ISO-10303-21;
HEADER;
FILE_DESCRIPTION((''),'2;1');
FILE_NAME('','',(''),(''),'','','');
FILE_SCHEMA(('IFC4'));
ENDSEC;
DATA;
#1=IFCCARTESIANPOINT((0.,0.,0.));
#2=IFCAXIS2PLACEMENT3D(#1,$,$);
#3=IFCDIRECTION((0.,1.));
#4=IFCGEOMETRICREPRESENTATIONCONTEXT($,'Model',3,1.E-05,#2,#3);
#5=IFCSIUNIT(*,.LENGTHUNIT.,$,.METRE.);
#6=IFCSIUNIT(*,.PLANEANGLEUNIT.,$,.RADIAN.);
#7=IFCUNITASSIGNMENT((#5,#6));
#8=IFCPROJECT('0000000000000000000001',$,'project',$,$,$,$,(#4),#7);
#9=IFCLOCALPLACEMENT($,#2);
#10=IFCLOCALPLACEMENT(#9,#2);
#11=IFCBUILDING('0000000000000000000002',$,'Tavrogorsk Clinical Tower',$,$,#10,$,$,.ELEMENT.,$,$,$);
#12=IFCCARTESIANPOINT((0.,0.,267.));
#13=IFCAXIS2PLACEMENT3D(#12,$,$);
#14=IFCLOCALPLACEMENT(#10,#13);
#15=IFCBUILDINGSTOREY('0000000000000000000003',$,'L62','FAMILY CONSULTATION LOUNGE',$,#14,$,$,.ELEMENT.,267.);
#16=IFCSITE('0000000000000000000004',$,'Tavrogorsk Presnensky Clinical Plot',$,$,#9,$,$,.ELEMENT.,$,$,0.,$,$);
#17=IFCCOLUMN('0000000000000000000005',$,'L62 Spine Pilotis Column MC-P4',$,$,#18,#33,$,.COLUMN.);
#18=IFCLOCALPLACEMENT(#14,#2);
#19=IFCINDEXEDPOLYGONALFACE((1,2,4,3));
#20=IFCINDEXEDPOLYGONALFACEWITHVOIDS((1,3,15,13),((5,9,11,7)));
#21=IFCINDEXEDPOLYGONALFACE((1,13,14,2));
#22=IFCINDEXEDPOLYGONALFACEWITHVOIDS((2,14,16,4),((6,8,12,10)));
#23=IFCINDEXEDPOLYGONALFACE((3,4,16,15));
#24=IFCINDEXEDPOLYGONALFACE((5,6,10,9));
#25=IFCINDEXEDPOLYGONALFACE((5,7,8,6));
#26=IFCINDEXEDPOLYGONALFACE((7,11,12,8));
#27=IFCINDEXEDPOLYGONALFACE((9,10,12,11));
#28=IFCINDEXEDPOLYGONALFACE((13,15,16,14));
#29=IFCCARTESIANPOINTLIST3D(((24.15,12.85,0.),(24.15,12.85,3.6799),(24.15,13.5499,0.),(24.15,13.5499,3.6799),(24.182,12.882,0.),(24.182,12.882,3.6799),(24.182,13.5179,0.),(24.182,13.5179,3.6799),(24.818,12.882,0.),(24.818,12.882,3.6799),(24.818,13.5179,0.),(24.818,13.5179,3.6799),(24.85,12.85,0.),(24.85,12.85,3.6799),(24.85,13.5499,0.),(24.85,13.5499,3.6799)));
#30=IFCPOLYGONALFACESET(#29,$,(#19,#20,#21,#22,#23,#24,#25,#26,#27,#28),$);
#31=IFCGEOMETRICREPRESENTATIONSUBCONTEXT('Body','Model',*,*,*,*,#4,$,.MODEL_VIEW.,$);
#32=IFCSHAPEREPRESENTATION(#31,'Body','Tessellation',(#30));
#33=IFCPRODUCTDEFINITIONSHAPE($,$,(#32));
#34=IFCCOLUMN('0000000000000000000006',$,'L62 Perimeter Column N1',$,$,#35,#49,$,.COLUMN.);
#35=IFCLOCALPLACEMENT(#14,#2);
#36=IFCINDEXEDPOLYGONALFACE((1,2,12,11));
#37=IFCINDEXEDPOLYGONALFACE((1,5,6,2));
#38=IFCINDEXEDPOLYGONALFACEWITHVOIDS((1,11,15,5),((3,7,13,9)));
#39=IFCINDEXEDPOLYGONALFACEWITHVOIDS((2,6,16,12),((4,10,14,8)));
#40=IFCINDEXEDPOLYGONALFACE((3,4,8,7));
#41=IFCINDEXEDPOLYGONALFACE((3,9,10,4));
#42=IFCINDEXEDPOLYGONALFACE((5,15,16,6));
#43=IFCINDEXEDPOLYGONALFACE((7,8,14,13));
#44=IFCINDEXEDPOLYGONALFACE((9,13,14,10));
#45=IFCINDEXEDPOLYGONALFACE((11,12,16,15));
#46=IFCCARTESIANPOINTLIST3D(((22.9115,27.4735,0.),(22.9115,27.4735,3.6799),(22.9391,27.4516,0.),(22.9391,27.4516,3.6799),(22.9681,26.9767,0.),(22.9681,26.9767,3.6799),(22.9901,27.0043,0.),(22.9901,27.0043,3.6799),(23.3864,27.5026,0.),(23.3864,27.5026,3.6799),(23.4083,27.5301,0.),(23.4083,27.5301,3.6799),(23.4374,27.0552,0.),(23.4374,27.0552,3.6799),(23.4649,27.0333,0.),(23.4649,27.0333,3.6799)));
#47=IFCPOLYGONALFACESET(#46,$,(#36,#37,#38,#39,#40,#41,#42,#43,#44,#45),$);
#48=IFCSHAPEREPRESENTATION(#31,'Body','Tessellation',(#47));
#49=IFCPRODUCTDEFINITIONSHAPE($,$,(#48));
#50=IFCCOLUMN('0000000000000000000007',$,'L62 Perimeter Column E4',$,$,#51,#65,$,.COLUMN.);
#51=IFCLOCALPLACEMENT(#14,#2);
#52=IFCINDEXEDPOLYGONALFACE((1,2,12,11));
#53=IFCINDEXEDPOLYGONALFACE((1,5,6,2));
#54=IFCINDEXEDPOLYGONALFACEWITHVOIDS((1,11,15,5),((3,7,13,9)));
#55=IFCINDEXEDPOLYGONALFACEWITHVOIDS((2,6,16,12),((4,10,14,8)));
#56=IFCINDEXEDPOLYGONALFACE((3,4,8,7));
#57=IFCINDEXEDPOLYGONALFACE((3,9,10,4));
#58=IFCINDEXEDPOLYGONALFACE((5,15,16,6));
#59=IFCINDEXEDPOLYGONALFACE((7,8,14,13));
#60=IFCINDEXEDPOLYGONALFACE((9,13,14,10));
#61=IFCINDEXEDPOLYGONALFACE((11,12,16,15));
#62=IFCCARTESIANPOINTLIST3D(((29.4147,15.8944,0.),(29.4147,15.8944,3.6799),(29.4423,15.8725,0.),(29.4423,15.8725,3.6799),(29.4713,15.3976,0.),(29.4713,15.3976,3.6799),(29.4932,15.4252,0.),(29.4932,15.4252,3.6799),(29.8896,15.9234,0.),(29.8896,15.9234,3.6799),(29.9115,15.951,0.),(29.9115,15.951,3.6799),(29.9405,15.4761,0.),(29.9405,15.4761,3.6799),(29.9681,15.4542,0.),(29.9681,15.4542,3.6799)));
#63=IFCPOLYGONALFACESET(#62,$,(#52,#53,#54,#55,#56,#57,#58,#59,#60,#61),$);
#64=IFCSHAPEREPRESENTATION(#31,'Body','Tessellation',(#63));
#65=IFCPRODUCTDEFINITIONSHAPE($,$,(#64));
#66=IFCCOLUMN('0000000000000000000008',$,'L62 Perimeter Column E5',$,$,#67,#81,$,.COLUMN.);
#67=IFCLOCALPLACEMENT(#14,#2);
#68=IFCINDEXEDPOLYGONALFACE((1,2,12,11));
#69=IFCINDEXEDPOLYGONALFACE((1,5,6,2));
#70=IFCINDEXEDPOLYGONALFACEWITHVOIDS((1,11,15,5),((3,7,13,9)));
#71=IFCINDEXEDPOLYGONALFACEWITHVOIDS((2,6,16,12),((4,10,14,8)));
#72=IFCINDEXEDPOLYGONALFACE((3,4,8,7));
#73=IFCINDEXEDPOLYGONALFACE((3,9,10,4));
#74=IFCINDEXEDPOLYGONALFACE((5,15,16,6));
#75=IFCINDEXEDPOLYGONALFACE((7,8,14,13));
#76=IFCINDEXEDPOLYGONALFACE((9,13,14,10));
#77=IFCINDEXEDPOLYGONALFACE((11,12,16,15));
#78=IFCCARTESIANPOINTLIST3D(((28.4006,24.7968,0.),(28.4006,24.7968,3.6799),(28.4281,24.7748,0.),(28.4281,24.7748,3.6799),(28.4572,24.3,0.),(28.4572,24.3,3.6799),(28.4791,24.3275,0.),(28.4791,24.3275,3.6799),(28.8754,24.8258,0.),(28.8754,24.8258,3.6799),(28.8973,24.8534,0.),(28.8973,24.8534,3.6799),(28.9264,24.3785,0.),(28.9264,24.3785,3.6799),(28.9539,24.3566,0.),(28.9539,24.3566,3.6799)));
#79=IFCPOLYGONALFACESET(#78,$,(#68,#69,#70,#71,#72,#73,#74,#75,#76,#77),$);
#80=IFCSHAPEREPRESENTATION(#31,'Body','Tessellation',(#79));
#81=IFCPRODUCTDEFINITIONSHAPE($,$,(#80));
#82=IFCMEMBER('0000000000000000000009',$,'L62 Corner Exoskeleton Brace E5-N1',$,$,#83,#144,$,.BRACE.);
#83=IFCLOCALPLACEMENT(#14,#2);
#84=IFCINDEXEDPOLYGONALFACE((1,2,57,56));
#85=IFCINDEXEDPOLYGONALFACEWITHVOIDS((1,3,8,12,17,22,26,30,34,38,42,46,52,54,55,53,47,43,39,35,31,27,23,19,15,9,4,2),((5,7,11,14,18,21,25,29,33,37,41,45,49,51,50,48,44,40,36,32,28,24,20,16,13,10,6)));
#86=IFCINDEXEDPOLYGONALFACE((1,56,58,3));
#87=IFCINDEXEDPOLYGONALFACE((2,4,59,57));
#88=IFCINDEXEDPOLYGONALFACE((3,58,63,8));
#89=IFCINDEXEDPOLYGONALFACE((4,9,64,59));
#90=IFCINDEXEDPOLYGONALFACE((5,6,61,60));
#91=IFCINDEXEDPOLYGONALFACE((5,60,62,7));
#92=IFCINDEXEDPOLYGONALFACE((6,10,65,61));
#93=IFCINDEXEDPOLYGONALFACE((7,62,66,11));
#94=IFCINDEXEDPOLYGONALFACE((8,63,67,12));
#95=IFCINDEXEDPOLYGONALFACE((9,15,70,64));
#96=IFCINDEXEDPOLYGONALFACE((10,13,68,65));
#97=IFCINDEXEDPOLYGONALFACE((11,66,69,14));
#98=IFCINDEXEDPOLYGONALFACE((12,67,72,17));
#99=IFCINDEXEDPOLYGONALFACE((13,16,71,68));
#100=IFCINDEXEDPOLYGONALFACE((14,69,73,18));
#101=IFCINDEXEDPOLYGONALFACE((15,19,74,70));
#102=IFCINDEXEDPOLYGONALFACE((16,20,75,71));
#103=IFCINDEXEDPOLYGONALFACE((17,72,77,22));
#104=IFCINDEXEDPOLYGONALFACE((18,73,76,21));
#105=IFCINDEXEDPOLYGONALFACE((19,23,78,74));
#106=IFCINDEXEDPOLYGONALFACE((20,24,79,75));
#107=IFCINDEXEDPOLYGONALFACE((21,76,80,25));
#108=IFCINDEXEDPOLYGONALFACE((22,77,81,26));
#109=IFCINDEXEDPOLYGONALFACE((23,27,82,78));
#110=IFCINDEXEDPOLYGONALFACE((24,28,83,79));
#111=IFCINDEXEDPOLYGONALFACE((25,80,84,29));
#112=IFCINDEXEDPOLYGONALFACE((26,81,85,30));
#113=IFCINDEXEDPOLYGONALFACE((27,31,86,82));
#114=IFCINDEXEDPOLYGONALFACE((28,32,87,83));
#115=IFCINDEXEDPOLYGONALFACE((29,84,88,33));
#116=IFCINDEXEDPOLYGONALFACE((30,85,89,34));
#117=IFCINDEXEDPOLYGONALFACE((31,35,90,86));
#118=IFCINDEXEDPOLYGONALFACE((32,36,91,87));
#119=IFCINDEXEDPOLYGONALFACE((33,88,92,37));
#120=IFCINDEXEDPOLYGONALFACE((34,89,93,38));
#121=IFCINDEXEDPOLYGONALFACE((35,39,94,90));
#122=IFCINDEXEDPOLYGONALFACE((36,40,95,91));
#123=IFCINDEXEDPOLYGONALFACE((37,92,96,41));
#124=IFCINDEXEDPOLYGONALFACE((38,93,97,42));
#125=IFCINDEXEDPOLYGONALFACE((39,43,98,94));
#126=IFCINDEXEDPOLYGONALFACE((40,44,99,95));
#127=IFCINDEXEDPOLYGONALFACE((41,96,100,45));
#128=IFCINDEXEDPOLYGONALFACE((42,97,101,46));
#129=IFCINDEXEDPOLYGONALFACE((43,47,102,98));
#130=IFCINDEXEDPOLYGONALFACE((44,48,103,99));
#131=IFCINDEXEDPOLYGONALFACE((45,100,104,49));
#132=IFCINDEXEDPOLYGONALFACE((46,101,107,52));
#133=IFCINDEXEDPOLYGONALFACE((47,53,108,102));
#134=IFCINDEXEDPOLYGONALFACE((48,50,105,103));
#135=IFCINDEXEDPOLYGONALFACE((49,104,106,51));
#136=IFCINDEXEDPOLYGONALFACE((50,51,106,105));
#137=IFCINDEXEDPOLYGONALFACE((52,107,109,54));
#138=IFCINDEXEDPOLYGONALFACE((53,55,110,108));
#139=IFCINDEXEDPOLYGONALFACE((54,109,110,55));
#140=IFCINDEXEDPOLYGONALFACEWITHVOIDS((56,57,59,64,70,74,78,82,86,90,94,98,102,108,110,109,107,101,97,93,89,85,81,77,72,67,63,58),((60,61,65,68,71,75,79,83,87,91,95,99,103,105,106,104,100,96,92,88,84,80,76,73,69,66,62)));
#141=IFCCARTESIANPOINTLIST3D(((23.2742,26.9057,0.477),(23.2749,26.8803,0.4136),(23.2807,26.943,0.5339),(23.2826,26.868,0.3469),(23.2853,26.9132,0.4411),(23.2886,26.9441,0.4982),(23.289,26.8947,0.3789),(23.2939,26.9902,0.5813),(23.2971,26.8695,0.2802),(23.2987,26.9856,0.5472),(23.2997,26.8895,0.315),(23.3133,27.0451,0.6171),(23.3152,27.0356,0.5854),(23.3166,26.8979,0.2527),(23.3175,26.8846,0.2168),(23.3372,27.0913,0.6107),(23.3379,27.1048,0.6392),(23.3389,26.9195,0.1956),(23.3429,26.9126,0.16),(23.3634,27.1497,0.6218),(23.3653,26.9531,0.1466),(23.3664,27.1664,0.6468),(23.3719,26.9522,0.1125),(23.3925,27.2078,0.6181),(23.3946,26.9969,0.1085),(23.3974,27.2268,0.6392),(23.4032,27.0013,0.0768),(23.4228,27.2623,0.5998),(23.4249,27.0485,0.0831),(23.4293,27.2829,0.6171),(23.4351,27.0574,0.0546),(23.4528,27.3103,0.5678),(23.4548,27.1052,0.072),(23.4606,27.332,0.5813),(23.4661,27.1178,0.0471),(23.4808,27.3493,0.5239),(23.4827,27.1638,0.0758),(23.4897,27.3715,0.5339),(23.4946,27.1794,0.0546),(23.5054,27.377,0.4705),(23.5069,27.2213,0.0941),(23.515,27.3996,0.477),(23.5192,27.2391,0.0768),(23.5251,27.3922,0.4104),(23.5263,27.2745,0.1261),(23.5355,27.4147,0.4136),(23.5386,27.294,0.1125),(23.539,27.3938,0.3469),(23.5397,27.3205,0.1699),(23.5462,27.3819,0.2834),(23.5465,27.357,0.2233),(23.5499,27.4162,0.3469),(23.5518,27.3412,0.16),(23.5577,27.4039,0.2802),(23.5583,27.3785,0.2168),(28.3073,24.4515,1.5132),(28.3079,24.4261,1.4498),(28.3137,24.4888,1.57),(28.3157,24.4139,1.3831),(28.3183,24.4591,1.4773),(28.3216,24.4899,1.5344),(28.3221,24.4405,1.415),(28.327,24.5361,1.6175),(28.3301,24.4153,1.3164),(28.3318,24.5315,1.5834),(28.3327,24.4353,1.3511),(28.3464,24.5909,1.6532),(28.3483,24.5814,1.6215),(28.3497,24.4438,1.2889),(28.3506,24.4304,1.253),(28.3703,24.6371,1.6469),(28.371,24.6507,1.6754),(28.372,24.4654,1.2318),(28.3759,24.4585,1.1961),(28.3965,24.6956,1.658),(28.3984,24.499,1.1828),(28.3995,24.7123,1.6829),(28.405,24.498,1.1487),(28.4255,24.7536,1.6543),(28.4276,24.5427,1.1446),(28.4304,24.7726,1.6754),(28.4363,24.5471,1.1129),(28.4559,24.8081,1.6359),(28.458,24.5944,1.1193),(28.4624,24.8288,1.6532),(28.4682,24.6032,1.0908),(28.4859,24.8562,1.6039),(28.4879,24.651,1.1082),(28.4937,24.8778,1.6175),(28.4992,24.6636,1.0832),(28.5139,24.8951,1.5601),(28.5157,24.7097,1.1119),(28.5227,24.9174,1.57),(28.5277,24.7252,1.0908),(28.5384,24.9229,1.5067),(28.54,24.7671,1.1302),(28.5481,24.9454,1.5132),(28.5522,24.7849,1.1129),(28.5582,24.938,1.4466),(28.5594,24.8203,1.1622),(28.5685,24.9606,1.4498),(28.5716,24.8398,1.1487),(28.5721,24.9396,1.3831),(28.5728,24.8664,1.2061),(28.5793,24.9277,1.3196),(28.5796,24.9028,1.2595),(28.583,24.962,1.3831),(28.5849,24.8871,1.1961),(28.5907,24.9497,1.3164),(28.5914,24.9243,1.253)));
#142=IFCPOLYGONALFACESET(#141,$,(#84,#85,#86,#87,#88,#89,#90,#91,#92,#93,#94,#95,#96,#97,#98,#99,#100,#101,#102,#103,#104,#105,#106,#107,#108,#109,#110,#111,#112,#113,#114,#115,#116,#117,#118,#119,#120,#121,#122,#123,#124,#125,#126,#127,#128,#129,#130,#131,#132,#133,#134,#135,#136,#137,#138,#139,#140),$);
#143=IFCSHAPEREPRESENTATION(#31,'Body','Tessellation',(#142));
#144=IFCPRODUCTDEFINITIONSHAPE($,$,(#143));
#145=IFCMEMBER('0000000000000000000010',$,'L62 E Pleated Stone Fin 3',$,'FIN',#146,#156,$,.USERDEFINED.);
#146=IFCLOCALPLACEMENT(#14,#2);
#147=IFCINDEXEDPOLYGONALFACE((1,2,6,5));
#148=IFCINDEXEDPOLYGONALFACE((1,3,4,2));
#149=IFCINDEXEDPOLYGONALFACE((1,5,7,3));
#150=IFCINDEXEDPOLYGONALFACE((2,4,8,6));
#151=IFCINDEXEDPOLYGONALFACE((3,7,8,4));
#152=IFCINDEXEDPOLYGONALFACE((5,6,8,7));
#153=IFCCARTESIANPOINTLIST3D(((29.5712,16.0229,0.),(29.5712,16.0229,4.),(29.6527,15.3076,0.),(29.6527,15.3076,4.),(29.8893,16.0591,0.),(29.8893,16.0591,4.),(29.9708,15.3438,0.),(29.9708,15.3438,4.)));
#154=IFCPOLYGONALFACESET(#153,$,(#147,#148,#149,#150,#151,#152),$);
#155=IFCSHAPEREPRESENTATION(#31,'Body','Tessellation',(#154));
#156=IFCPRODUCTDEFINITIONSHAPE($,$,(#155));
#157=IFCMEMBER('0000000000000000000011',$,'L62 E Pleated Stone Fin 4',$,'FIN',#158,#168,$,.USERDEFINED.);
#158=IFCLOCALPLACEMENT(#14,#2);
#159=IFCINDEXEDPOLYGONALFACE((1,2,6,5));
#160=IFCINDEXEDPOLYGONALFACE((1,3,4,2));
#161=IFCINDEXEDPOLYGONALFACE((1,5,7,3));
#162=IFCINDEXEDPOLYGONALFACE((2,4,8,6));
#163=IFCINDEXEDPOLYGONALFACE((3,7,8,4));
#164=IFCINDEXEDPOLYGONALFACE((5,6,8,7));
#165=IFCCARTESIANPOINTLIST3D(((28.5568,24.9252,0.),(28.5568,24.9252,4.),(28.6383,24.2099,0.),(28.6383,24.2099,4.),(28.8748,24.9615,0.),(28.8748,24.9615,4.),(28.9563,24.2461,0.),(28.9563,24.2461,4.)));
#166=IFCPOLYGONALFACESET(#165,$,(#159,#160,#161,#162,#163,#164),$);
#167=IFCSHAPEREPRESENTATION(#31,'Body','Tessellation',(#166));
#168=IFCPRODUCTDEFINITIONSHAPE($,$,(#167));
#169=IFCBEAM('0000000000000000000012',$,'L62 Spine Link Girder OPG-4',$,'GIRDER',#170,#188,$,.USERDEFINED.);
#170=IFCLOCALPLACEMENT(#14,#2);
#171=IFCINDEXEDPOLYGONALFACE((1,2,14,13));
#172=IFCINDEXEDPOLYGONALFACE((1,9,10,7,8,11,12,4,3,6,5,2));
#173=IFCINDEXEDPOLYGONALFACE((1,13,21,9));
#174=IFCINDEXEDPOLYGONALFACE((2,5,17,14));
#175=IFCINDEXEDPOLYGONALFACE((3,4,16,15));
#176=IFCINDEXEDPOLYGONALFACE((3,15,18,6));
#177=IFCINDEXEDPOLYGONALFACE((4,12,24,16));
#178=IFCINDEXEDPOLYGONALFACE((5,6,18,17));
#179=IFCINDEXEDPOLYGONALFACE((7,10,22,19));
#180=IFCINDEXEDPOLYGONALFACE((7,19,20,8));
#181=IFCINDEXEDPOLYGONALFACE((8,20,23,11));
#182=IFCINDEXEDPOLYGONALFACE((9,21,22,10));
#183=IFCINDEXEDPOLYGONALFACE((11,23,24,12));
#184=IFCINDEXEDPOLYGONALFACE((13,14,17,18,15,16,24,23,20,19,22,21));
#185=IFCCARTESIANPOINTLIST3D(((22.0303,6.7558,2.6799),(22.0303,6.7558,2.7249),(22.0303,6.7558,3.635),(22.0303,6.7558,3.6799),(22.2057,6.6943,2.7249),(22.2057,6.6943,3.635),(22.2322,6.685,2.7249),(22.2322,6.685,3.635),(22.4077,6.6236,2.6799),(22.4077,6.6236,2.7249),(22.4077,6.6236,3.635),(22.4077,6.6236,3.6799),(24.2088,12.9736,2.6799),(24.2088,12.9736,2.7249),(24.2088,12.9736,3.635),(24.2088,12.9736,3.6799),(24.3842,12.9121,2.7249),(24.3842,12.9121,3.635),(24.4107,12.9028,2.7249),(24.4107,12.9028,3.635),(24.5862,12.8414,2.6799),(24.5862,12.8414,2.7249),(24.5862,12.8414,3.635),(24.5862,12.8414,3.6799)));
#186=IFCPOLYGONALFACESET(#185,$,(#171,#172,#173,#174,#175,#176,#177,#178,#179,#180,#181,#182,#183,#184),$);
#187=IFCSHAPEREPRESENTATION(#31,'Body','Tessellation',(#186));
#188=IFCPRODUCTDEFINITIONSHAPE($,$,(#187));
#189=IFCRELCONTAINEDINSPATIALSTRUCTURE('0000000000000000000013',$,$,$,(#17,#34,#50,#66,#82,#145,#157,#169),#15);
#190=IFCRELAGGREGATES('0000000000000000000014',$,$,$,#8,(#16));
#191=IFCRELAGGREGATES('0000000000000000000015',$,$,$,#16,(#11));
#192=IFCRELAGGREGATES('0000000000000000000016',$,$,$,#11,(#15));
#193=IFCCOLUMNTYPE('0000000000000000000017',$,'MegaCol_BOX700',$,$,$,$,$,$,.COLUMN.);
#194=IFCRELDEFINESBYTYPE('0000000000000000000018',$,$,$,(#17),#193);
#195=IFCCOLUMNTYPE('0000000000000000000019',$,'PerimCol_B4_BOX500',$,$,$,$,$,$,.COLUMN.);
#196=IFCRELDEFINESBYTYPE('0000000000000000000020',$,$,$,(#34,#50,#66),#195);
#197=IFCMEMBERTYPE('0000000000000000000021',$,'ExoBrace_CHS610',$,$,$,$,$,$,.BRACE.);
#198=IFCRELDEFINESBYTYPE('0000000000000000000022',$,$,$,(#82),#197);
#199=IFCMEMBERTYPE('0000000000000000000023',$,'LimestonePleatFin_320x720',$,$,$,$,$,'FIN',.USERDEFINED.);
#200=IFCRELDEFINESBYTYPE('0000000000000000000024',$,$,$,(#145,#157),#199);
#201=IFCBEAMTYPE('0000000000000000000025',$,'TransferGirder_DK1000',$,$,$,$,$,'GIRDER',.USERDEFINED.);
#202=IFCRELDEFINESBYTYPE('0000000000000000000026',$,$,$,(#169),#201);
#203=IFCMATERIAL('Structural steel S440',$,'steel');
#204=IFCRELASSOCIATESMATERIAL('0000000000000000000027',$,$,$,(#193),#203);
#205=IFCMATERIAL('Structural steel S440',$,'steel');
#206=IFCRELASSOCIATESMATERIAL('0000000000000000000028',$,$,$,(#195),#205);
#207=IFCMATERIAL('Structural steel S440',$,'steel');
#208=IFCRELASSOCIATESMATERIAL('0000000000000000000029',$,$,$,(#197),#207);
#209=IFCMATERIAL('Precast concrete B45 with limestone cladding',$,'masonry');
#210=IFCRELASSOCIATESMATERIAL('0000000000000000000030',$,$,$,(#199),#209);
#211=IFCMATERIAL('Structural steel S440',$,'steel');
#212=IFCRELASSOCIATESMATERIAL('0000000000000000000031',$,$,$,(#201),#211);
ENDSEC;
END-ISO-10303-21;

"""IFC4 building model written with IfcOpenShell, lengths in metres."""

from ifc_helpers import new_model, si_unit, direction, frame, origin, origin_2d, place, context, subcontext, project, spatial, rectangle, hollow_rectangle, hollow_circle, i_section, extrude, material, material_profile, profile_set, type_object, element, save


model = new_model("IFC4")

# Units and contexts
model_context = context("Model", 3, precision=1e-05, world=origin(), true_north=direction((0.0, 1.0)))
body_context = subcontext(model_context, "Body", "Model", "MODEL_VIEW")
ifc_project = project(units=[si_unit("LENGTHUNIT", "METRE"), si_unit("PLANEANGLEUNIT", "RADIAN")], contexts=[model_context])

# Site, building, storey
site_placement = place(None, origin())
site = spatial("IfcSite", under=ifc_project, at=site_placement, Name="Tavrogorsk Presnensky Clinical Plot", CompositionType="ELEMENT", RefElevation=0.0)
building_placement = place(site_placement, origin())
building = spatial("IfcBuilding", under=site, at=building_placement, Name="Tavrogorsk Clinical Tower", CompositionType="ELEMENT")
storey_placement = place(building_placement, frame((0.0, 0.0, 267.0)))
storey = spatial("IfcBuildingStorey", under=building, at=storey_placement, Name="L62", Description="FAMILY CONSULTATION LOUNGE", CompositionType="ELEMENT", Elevation=267.0)

# Columns
ifc_material_1 = material(Name="Structural steel S440", Category="steel")
ifc_material_profile_1 = material_profile(ifc_material_1, hollow_rectangle(XDim=0.7, YDim=0.7, WallThickness=0.032, at=origin_2d()), Name="BOX-700x700x32")
ifc_profile_set_1 = profile_set([ifc_material_profile_1], Name="Structural steel S440")
column_type_1 = type_object("IfcColumnType", Name="MegaCol_BOX700", PredefinedType="COLUMN", material=ifc_profile_set_1)
column_placement = place(storey_placement, frame((24.5, 13.2, 0.0), z_axis=(0.0, 0.0, 1.0), x_axis=(1.0, 0.0, 0.0)))
element("IfcColumn", 1, at=column_placement, inside=storey, type_object=column_type_1, Name="L62 Spine Pilotis Column MC-P4", PredefinedType="COLUMN", context=body_context, shape_type="SweptSolid", body=[
    extrude(hollow_rectangle(XDim=0.7, YDim=0.7, WallThickness=0.032, at=origin_2d()), origin(), (0.0, 0.0, 1.0), 3.6799),
])
ifc_material_2 = material(Name="Structural steel S440", Category="steel")
ifc_material_profile_2 = material_profile(ifc_material_2, hollow_rectangle(XDim=0.5, YDim=0.5, WallThickness=0.0249, at=origin_2d()), Name="BOX-500x500x25")
ifc_profile_set_2 = profile_set([ifc_material_profile_2], Name="Structural steel S440")
column_type_2 = type_object("IfcColumnType", Name="PerimCol_B4_BOX500", PredefinedType="COLUMN", material=ifc_profile_set_2)
for number, where, z_axis, x_axis, name in (
    (2, (23.1882, 27.2534, 0.0), (0.0, 0.0, 1.0), (0.993572, 0.113203, 0.0), "L62 Perimeter Column N1"),
    (3, (29.6914, 15.6743, 0.0), (0.0, 0.0, 1.0), (0.993572, 0.113203, 0.0), "L62 Perimeter Column E4"),
    (4, (28.6772, 24.5767, 0.0), (0.0, 0.0, 1.0), (0.993572, 0.113203, 0.0), "L62 Perimeter Column E5"),
):
    element("IfcColumn", number, at=place(storey_placement, frame(where, z_axis=z_axis, x_axis=x_axis)), inside=storey, type_object=column_type_2, Name=name, PredefinedType="COLUMN", context=body_context, shape_type="SweptSolid", body=[
        extrude(hollow_rectangle(XDim=0.5, YDim=0.5, WallThickness=0.0249, at=origin_2d()), origin(), (0.0, 0.0, 1.0), 3.6799),
    ])

# Members
ifc_material_3 = material(Name="Structural steel S440", Category="steel")
ifc_material_profile_3 = material_profile(ifc_material_3, hollow_circle(Radius=0.3049, WallThickness=0.0249, at=origin_2d()), Name="CHS-610x25")
ifc_profile_set_3 = profile_set([ifc_material_profile_3], Name="Structural steel S440")
member_type_1 = type_object("IfcMemberType", Name="ExoBrace_CHS610", PredefinedType="BRACE", material=ifc_profile_set_3)
member_placement = place(storey_placement, frame((23.4163, 27.1421, 0.3469), z_axis=(0.883834, -0.430963, 0.181955), x_axis=(0.438279, 0.898839, 0.0)))
element("IfcMember", 5, at=member_placement, inside=storey, type_object=member_type_1, Name="L62 Corner Exoskeleton Brace E5-N1", PredefinedType="BRACE", context=body_context, shape_type="SweptSolid", body=[
    extrude(hollow_circle(Radius=0.3049, WallThickness=0.0249, at=origin_2d()), origin(), (0.0, 0.0, 1.0), 5.6946),
])
ifc_material_4 = material(Name="Precast concrete B45 with limestone cladding", Category="masonry")
ifc_material_profile_4 = material_profile(ifc_material_4, rectangle(XDim=0.3201, YDim=0.72, at=origin_2d()), Name="LIMESTONE-FIN-320x720")
ifc_profile_set_4 = profile_set([ifc_material_profile_4], Name="Precast concrete B45 with limestone cladding")
member_type_2 = type_object("IfcMemberType", Name="LimestonePleatFin_320x720", ElementType="FIN", PredefinedType="USERDEFINED", material=ifc_profile_set_4)
for number, where, z_axis, x_axis, name in (
    (6, (29.771, 15.6833, 0.0), (0.0, 0.0, 1.0), (0.993572, 0.113203, 0.0), "L62 E Pleated Stone Fin 3"),
    (7, (28.7566, 24.5857, 0.0), (0.0, 0.0, 1.0), (0.993572, 0.113203, 0.0), "L62 E Pleated Stone Fin 4"),
):
    element("IfcMember", number, at=place(storey_placement, frame(where, z_axis=z_axis, x_axis=x_axis)), inside=storey, type_object=member_type_2, Name=name, ObjectType="FIN", PredefinedType="USERDEFINED", context=body_context, shape_type="SweptSolid", body=[
        extrude(rectangle(XDim=0.3201, YDim=0.72, at=origin_2d()), origin(), (0.0, 0.0, 1.0), 4.0),
    ])

# Beam
ifc_material_5 = material(Name="Structural steel S440", Category="steel")
ifc_material_profile_5 = material_profile(ifc_material_5, i_section(OverallWidth=0.3999, OverallDepth=1.0, WebThickness=0.0281, FlangeThickness=0.0449, at=origin_2d()), Name="DK-1000x400x28x45")
ifc_profile_set_5 = profile_set([ifc_material_profile_5], Name="Structural steel S440")
beam_type_1 = type_object("IfcBeamType", Name="TransferGirder_DK1000", ElementType="GIRDER", PredefinedType="USERDEFINED", material=ifc_profile_set_5)
beam_1_placement = place(storey_placement, frame((24.3975, 12.9075, 3.1799), z_axis=(-0.330654, -0.943752, 0.0), x_axis=(0.943752, -0.330654, 0.0)))
element("IfcBeam", 8, at=beam_1_placement, inside=storey, type_object=beam_type_1, Name="L62 Spine Link Girder OPG-4", ObjectType="GIRDER", PredefinedType="USERDEFINED", context=body_context, shape_type="SweptSolid", body=[
    extrude(i_section(OverallWidth=0.3999, OverallDepth=1.0, WebThickness=0.0281, FlangeThickness=0.0449, at=origin_2d()), origin(), (0.0, 0.0, 1.0), 6.5884),
])

save(model, "model.ifc")
